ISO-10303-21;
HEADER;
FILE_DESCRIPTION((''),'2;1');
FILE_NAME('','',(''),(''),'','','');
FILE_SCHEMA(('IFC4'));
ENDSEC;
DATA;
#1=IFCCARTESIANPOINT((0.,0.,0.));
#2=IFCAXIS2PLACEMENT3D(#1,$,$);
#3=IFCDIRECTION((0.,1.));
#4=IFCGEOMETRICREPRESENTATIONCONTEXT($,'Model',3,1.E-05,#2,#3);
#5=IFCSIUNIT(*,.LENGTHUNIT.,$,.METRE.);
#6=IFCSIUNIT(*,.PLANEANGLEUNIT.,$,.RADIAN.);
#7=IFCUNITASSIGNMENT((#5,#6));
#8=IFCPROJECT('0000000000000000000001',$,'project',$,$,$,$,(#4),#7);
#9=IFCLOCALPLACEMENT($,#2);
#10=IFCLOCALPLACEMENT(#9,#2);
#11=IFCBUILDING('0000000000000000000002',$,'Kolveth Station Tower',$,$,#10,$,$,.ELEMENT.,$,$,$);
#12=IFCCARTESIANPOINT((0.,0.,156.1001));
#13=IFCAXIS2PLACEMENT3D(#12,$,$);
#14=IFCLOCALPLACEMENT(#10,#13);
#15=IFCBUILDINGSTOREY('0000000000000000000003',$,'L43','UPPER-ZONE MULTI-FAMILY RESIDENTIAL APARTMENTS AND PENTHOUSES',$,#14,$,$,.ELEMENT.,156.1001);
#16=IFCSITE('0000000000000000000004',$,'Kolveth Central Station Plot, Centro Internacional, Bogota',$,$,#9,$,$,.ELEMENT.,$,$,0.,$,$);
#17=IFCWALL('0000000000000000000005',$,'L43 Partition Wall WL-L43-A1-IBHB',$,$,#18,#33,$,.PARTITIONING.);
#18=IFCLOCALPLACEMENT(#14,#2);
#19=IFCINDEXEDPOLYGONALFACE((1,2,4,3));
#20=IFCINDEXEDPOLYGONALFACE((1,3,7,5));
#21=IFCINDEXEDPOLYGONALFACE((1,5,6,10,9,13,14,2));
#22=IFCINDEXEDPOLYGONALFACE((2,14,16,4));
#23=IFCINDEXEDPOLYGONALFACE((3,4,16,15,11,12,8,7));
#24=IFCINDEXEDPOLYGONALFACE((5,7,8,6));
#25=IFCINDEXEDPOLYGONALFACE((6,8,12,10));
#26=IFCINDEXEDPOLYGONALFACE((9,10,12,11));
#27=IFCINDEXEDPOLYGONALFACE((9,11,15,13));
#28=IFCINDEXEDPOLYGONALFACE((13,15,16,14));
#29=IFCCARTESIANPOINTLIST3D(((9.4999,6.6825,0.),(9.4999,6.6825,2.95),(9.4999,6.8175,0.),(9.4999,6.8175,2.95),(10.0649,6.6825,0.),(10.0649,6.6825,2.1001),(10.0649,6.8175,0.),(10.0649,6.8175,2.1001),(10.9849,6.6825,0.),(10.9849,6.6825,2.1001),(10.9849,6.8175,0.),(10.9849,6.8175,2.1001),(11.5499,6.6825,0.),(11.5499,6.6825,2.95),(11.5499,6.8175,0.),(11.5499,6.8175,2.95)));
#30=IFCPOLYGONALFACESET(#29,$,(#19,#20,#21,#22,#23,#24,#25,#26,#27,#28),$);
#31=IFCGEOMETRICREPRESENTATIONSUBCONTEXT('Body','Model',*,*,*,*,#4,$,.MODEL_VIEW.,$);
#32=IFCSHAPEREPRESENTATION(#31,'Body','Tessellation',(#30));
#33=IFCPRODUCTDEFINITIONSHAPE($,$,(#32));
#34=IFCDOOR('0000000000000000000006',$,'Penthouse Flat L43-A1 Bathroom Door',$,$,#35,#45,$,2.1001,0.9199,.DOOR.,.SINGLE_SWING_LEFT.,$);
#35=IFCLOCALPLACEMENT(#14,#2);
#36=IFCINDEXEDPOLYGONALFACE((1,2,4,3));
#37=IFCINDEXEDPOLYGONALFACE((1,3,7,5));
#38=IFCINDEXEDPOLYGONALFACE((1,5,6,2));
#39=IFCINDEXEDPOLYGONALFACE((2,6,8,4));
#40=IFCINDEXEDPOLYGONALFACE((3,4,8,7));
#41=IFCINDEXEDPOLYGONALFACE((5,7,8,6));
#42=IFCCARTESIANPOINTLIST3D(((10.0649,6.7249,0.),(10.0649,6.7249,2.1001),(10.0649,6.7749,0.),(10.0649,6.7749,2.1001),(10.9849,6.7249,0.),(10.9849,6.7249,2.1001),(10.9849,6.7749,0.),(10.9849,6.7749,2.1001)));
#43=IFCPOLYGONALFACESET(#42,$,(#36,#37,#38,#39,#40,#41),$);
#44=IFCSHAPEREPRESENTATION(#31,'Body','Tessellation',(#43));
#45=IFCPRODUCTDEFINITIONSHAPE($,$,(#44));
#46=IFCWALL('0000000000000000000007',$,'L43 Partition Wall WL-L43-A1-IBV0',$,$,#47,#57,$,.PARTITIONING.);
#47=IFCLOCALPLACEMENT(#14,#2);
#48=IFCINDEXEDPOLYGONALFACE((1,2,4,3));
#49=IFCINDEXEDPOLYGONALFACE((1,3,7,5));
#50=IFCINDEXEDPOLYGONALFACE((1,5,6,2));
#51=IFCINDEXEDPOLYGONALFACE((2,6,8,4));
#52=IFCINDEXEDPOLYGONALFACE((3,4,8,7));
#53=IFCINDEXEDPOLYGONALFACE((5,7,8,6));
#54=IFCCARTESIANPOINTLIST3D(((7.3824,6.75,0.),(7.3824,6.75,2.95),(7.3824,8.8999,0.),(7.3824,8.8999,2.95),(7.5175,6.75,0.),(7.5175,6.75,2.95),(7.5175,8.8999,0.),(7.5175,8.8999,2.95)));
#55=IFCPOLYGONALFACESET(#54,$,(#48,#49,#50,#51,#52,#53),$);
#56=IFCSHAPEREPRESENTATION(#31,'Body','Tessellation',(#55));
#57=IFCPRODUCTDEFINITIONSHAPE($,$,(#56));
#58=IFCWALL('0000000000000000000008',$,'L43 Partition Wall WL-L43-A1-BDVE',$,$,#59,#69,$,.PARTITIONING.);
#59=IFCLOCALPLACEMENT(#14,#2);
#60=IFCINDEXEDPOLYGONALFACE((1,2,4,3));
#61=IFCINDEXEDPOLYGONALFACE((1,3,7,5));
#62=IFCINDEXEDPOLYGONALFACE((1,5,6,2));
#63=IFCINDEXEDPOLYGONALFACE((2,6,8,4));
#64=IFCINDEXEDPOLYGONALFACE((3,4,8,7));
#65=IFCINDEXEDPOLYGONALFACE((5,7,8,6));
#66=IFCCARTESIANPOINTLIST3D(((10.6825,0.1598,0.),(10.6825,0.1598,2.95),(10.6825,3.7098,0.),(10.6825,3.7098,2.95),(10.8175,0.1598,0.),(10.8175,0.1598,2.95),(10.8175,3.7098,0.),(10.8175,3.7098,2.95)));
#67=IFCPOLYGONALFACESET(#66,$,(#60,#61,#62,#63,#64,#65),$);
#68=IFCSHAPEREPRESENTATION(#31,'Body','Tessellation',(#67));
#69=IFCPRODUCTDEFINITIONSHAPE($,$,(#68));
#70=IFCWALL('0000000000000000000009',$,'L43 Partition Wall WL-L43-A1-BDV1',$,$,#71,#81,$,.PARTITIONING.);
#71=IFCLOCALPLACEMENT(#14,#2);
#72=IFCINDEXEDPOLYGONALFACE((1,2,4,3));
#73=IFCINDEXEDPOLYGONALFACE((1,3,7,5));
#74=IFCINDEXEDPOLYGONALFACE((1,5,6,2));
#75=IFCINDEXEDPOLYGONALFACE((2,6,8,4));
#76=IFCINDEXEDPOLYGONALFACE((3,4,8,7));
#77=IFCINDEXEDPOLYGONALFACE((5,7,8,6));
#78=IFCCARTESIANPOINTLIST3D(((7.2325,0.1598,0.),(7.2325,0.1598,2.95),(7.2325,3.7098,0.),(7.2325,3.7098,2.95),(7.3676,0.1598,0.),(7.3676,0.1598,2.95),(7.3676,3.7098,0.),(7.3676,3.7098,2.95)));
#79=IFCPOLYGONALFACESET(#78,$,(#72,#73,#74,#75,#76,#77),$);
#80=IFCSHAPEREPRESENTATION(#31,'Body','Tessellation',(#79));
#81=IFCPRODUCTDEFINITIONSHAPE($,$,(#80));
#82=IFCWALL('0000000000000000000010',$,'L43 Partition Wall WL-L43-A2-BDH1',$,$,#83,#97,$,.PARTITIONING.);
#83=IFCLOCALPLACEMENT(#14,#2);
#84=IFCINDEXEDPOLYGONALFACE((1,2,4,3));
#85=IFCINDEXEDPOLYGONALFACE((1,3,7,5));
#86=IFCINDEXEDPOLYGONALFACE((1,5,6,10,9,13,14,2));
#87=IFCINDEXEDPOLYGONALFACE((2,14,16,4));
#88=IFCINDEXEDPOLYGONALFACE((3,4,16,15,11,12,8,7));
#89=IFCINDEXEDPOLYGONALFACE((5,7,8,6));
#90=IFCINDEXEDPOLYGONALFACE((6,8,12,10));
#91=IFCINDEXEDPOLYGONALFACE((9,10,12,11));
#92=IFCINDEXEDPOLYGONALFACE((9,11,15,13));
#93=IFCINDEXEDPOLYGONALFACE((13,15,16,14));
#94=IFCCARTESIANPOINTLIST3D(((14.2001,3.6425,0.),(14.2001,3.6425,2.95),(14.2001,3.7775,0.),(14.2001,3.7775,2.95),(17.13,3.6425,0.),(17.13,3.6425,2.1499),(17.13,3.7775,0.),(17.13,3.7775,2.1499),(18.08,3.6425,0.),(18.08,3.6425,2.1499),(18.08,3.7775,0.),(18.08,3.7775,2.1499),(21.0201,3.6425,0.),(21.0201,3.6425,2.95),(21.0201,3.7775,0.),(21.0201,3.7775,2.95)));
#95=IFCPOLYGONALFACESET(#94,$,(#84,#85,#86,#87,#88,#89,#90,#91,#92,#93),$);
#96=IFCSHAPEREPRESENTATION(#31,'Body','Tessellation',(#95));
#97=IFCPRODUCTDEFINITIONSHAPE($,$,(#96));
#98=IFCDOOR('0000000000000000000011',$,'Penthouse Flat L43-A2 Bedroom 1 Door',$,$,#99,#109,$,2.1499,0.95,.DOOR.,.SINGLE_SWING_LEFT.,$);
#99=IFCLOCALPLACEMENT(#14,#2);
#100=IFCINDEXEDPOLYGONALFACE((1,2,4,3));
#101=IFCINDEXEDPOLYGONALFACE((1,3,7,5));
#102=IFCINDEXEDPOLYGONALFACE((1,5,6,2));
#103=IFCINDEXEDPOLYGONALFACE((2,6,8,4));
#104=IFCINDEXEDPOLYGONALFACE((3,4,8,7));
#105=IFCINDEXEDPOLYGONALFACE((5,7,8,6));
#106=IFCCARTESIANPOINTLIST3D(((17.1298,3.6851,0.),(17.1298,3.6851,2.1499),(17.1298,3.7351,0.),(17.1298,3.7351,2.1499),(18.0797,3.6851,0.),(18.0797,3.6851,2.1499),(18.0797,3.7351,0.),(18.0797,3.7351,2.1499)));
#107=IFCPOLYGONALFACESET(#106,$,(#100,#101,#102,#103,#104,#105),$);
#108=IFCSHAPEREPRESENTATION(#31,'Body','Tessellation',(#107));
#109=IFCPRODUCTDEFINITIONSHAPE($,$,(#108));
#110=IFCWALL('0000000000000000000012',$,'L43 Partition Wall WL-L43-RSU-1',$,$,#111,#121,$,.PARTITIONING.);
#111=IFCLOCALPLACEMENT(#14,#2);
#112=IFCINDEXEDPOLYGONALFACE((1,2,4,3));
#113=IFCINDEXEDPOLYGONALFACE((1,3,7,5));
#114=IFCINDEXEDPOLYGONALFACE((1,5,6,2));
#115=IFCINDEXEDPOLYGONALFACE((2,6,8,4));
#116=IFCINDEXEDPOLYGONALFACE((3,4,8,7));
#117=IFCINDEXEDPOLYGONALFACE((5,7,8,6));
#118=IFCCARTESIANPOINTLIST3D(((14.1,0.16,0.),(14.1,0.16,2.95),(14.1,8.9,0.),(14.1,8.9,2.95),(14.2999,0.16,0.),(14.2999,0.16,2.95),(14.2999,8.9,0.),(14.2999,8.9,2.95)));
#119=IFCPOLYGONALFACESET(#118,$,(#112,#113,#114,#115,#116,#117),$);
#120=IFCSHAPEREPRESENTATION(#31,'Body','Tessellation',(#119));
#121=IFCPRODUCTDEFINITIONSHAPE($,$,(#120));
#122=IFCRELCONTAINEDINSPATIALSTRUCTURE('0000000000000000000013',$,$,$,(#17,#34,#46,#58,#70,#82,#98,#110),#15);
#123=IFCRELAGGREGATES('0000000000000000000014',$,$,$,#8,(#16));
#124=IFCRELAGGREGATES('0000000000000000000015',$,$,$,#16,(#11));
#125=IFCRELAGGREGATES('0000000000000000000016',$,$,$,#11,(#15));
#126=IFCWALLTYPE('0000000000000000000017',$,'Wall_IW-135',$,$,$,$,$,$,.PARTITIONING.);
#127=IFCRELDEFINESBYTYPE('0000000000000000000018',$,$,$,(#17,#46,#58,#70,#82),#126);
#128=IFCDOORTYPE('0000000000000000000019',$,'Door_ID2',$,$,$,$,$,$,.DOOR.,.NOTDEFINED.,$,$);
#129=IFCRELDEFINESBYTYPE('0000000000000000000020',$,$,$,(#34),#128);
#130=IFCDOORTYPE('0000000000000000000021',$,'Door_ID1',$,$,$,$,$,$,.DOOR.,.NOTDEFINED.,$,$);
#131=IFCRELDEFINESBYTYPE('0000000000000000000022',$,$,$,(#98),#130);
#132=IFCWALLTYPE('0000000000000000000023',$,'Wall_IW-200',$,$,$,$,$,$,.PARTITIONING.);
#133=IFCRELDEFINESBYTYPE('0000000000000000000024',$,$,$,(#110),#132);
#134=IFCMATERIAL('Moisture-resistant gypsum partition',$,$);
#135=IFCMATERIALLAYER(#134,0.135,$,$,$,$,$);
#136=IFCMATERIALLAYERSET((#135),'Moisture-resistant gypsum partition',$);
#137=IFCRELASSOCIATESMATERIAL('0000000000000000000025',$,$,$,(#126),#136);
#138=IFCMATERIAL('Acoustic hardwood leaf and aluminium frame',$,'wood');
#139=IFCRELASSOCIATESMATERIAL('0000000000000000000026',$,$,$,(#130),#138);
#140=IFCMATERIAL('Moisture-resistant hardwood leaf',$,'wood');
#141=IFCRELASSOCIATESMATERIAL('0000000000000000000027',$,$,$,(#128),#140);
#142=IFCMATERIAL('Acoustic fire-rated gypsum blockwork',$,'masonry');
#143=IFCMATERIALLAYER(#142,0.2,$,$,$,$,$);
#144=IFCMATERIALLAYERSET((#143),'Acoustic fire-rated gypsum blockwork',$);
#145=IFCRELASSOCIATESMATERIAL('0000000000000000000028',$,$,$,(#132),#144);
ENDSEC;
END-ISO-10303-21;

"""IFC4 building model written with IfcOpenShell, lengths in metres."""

from ifc_helpers import new_model, si_unit, direction, frame, frame_2d, origin, place, context, subcontext, project, spatial, rectangle, extrude, material, layer, layer_set, type_object, element, fill, save


model = new_model("IFC4")

# Units and contexts
model_context = context("Model", 3, precision=1e-05, world=origin(), true_north=direction((0.0, 1.0)))
body_context = subcontext(model_context, "Body", "Model", "MODEL_VIEW")
ifc_project = project(units=[si_unit("LENGTHUNIT", "METRE"), si_unit("PLANEANGLEUNIT", "RADIAN")], contexts=[model_context])

# Site, building, storey
site_placement = place(None, origin())
site = spatial("IfcSite", under=ifc_project, at=site_placement, Name="Kolveth Central Station Plot, Centro Internacional, Bogota", CompositionType="ELEMENT", RefElevation=0.0)
building_placement = place(site_placement, origin())
building = spatial("IfcBuilding", under=site, at=building_placement, Name="Kolveth Station Tower", CompositionType="ELEMENT")
storey_placement = place(building_placement, frame((0.0, 0.0, 156.1001)))
storey = spatial("IfcBuildingStorey", under=building, at=storey_placement, Name="L43", Description="UPPER-ZONE MULTI-FAMILY RESIDENTIAL APARTMENTS AND PENTHOUSES", CompositionType="ELEMENT", Elevation=156.1001)

# Wall, opening, door
ifc_material_1 = material(Name="Moisture-resistant gypsum partition")
ifc_layer_1 = layer(ifc_material_1, 0.135)
ifc_layer_set_1 = layer_set([ifc_layer_1], Name="Moisture-resistant gypsum partition")
wall_type_1 = type_object("IfcWallType", Name="Wall_IW-135", PredefinedType="PARTITIONING", material=ifc_layer_set_1)
ifc_material_2 = material(Name="Acoustic hardwood leaf and aluminium frame", Category="wood")
door_type_1 = type_object("IfcDoorType", Name="Door_ID1", OperationType="NOTDEFINED", PredefinedType="DOOR", material=ifc_material_2)
wall_1_placement = place(storey_placement, frame((9.5, 6.75, 0.0), z_axis=(0.0, 0.0, 1.0), x_axis=(1.0, 0.0, 0.0)))
wall_1 = element("IfcWall", 1, at=wall_1_placement, inside=storey, type_object=wall_type_1, Name="L43 Partition Wall WL-L43-A1-IBHB", PredefinedType="PARTITIONING", context=body_context, shape_type="SweptSolid", body=[
    extrude(rectangle(XDim=2.05, YDim=0.135, at=frame_2d((1.0249, 0.0))), origin(), (0.0, 0.0, 1.0), 2.95),
])
opening_1_placement = place(wall_1_placement, frame((0.5649, 0.0, 0.0)))
opening_1 = element("IfcOpeningElement", 2, at=opening_1_placement, cuts=wall_1, PredefinedType="OPENING", context=body_context, shape_type="SweptSolid", body=[
    extrude(rectangle(XDim=0.9199, YDim=2.1001, at=frame_2d((0.46, 1.05))), frame((0.0, 0.0774, 0.0), z_axis=(0.0, -1.0, 0.0), x_axis=(1.0, 0.0, 0.0)), (0.0, 0.0, 1.0), 0.155),
])
ifc_material_3 = material(Name="Moisture-resistant hardwood leaf", Category="wood")
door_type_2 = type_object("IfcDoorType", Name="Door_ID2", OperationType="NOTDEFINED", PredefinedType="DOOR", material=ifc_material_3)
door_1_placement = place(opening_1_placement, origin())
door_1 = element("IfcDoor", 3, at=door_1_placement, inside=storey, type_object=door_type_2, Name="Penthouse Flat L43-A1 Bathroom Door", OperationType="SINGLE_SWING_LEFT", OverallHeight=2.1001, OverallWidth=0.9199, PredefinedType="DOOR", context=body_context, shape_type="SweptSolid", body=[
    extrude(rectangle(XDim=0.9199, YDim=2.1001, at=frame_2d((0.46, 1.05))), frame((0.0, 0.0249, 0.0), z_axis=(0.0, -1.0, 0.0), x_axis=(1.0, 0.0, 0.0)), (0.0, 0.0, 1.0), 0.05),
])
fill(opening_1, door_1)

# Walls
wall_2_placement = place(storey_placement, frame((7.45, 6.75, 0.0), z_axis=(0.0, 0.0, 1.0), x_axis=(0.0, 1.0, 0.0)))
element("IfcWall", 4, at=wall_2_placement, inside=storey, type_object=wall_type_1, Name="L43 Partition Wall WL-L43-A1-IBV0", PredefinedType="PARTITIONING", context=body_context, shape_type="SweptSolid", body=[
    extrude(rectangle(XDim=2.1499, YDim=0.135, at=frame_2d((1.075, 0.0))), origin(), (0.0, 0.0, 1.0), 2.95),
])
wall_3_placement = place(storey_placement, frame((10.75, 0.1599, 0.0), z_axis=(0.0, 0.0, 1.0), x_axis=(0.0, 1.0, 0.0)))
element("IfcWall", 5, at=wall_3_placement, inside=storey, type_object=wall_type_1, Name="L43 Partition Wall WL-L43-A1-BDVE", PredefinedType="PARTITIONING", context=body_context, shape_type="SweptSolid", body=[
    extrude(rectangle(XDim=3.55, YDim=0.135, at=frame_2d((1.7749, 0.0))), origin(), (0.0, 0.0, 1.0), 2.95),
])

# Wall
wall_4_placement = place(storey_placement, frame((7.3, 0.1599, 0.0), z_axis=(0.0, 0.0, 1.0), x_axis=(0.0, 1.0, 0.0)))
element("IfcWall", 6, at=wall_4_placement, inside=storey, type_object=wall_type_1, Name="L43 Partition Wall WL-L43-A1-BDV1", PredefinedType="PARTITIONING", context=body_context, shape_type="SweptSolid", body=[
    extrude(rectangle(XDim=3.55, YDim=0.135, at=frame_2d((1.7749, 0.0))), origin(), (0.0, 0.0, 1.0), 2.95),
])

# Wall, opening, door
wall_5_placement = place(storey_placement, frame((14.2, 3.71, 0.0), z_axis=(0.0, 0.0, 1.0), x_axis=(1.0, 0.0, 0.0)))
wall_5 = element("IfcWall", 7, at=wall_5_placement, inside=storey, type_object=wall_type_1, Name="L43 Partition Wall WL-L43-A2-BDH1", PredefinedType="PARTITIONING", context=body_context, shape_type="SweptSolid", body=[
    extrude(rectangle(XDim=6.8201, YDim=0.135, at=frame_2d((3.4102, 0.0))), origin(), (0.0, 0.0, 1.0), 2.95),
])
opening_2_placement = place(wall_5_placement, frame((2.9299, 0.0, 0.0)))
opening_2 = element("IfcOpeningElement", 8, at=opening_2_placement, cuts=wall_5, PredefinedType="OPENING", context=body_context, shape_type="SweptSolid", body=[
    extrude(rectangle(XDim=0.95, YDim=2.1499, at=frame_2d((0.4751, 1.075))), frame((0.0, 0.0774, 0.0), z_axis=(0.0, -1.0, 0.0), x_axis=(1.0, 0.0, 0.0)), (0.0, 0.0, 1.0), 0.155),
])
door_2_placement = place(opening_2_placement, frame((0.95, 0.0, 0.0), z_axis=(0.0, 0.0, 1.0), x_axis=(-1.0, 0.0, 0.0)))
door_2 = element("IfcDoor", 9, at=door_2_placement, inside=storey, type_object=door_type_1, Name="Penthouse Flat L43-A2 Bedroom 1 Door", OperationType="SINGLE_SWING_LEFT", OverallHeight=2.1499, OverallWidth=0.95, PredefinedType="DOOR", context=body_context, shape_type="SweptSolid", body=[
    extrude(rectangle(XDim=0.95, YDim=2.1499, at=frame_2d((0.4751, 1.075))), frame((0.0, 0.0249, 0.0), z_axis=(0.0, -1.0, 0.0), x_axis=(1.0, 0.0, 0.0)), (0.0, 0.0, 1.0), 0.05),
])
fill(opening_2, door_2)

# Wall
ifc_material_4 = material(Name="Acoustic fire-rated gypsum blockwork", Category="masonry")
ifc_layer_2 = layer(ifc_material_4, 0.2)
ifc_layer_set_2 = layer_set([ifc_layer_2], Name="Acoustic fire-rated gypsum blockwork")
wall_type_2 = type_object("IfcWallType", Name="Wall_IW-200", PredefinedType="PARTITIONING", material=ifc_layer_set_2)
wall_6_placement = place(storey_placement, frame((14.2, 0.1599, 0.0), z_axis=(0.0, 0.0, 1.0), x_axis=(0.0, 1.0, 0.0)))
element("IfcWall", 10, at=wall_6_placement, inside=storey, type_object=wall_type_2, Name="L43 Partition Wall WL-L43-RSU-1", PredefinedType="PARTITIONING", context=body_context, shape_type="SweptSolid", body=[
    extrude(rectangle(XDim=8.74, YDim=0.2, at=frame_2d((4.3701, 0.0))), origin(), (0.0, 0.0, 1.0), 2.95),
])

save(model, "model.ifc")
